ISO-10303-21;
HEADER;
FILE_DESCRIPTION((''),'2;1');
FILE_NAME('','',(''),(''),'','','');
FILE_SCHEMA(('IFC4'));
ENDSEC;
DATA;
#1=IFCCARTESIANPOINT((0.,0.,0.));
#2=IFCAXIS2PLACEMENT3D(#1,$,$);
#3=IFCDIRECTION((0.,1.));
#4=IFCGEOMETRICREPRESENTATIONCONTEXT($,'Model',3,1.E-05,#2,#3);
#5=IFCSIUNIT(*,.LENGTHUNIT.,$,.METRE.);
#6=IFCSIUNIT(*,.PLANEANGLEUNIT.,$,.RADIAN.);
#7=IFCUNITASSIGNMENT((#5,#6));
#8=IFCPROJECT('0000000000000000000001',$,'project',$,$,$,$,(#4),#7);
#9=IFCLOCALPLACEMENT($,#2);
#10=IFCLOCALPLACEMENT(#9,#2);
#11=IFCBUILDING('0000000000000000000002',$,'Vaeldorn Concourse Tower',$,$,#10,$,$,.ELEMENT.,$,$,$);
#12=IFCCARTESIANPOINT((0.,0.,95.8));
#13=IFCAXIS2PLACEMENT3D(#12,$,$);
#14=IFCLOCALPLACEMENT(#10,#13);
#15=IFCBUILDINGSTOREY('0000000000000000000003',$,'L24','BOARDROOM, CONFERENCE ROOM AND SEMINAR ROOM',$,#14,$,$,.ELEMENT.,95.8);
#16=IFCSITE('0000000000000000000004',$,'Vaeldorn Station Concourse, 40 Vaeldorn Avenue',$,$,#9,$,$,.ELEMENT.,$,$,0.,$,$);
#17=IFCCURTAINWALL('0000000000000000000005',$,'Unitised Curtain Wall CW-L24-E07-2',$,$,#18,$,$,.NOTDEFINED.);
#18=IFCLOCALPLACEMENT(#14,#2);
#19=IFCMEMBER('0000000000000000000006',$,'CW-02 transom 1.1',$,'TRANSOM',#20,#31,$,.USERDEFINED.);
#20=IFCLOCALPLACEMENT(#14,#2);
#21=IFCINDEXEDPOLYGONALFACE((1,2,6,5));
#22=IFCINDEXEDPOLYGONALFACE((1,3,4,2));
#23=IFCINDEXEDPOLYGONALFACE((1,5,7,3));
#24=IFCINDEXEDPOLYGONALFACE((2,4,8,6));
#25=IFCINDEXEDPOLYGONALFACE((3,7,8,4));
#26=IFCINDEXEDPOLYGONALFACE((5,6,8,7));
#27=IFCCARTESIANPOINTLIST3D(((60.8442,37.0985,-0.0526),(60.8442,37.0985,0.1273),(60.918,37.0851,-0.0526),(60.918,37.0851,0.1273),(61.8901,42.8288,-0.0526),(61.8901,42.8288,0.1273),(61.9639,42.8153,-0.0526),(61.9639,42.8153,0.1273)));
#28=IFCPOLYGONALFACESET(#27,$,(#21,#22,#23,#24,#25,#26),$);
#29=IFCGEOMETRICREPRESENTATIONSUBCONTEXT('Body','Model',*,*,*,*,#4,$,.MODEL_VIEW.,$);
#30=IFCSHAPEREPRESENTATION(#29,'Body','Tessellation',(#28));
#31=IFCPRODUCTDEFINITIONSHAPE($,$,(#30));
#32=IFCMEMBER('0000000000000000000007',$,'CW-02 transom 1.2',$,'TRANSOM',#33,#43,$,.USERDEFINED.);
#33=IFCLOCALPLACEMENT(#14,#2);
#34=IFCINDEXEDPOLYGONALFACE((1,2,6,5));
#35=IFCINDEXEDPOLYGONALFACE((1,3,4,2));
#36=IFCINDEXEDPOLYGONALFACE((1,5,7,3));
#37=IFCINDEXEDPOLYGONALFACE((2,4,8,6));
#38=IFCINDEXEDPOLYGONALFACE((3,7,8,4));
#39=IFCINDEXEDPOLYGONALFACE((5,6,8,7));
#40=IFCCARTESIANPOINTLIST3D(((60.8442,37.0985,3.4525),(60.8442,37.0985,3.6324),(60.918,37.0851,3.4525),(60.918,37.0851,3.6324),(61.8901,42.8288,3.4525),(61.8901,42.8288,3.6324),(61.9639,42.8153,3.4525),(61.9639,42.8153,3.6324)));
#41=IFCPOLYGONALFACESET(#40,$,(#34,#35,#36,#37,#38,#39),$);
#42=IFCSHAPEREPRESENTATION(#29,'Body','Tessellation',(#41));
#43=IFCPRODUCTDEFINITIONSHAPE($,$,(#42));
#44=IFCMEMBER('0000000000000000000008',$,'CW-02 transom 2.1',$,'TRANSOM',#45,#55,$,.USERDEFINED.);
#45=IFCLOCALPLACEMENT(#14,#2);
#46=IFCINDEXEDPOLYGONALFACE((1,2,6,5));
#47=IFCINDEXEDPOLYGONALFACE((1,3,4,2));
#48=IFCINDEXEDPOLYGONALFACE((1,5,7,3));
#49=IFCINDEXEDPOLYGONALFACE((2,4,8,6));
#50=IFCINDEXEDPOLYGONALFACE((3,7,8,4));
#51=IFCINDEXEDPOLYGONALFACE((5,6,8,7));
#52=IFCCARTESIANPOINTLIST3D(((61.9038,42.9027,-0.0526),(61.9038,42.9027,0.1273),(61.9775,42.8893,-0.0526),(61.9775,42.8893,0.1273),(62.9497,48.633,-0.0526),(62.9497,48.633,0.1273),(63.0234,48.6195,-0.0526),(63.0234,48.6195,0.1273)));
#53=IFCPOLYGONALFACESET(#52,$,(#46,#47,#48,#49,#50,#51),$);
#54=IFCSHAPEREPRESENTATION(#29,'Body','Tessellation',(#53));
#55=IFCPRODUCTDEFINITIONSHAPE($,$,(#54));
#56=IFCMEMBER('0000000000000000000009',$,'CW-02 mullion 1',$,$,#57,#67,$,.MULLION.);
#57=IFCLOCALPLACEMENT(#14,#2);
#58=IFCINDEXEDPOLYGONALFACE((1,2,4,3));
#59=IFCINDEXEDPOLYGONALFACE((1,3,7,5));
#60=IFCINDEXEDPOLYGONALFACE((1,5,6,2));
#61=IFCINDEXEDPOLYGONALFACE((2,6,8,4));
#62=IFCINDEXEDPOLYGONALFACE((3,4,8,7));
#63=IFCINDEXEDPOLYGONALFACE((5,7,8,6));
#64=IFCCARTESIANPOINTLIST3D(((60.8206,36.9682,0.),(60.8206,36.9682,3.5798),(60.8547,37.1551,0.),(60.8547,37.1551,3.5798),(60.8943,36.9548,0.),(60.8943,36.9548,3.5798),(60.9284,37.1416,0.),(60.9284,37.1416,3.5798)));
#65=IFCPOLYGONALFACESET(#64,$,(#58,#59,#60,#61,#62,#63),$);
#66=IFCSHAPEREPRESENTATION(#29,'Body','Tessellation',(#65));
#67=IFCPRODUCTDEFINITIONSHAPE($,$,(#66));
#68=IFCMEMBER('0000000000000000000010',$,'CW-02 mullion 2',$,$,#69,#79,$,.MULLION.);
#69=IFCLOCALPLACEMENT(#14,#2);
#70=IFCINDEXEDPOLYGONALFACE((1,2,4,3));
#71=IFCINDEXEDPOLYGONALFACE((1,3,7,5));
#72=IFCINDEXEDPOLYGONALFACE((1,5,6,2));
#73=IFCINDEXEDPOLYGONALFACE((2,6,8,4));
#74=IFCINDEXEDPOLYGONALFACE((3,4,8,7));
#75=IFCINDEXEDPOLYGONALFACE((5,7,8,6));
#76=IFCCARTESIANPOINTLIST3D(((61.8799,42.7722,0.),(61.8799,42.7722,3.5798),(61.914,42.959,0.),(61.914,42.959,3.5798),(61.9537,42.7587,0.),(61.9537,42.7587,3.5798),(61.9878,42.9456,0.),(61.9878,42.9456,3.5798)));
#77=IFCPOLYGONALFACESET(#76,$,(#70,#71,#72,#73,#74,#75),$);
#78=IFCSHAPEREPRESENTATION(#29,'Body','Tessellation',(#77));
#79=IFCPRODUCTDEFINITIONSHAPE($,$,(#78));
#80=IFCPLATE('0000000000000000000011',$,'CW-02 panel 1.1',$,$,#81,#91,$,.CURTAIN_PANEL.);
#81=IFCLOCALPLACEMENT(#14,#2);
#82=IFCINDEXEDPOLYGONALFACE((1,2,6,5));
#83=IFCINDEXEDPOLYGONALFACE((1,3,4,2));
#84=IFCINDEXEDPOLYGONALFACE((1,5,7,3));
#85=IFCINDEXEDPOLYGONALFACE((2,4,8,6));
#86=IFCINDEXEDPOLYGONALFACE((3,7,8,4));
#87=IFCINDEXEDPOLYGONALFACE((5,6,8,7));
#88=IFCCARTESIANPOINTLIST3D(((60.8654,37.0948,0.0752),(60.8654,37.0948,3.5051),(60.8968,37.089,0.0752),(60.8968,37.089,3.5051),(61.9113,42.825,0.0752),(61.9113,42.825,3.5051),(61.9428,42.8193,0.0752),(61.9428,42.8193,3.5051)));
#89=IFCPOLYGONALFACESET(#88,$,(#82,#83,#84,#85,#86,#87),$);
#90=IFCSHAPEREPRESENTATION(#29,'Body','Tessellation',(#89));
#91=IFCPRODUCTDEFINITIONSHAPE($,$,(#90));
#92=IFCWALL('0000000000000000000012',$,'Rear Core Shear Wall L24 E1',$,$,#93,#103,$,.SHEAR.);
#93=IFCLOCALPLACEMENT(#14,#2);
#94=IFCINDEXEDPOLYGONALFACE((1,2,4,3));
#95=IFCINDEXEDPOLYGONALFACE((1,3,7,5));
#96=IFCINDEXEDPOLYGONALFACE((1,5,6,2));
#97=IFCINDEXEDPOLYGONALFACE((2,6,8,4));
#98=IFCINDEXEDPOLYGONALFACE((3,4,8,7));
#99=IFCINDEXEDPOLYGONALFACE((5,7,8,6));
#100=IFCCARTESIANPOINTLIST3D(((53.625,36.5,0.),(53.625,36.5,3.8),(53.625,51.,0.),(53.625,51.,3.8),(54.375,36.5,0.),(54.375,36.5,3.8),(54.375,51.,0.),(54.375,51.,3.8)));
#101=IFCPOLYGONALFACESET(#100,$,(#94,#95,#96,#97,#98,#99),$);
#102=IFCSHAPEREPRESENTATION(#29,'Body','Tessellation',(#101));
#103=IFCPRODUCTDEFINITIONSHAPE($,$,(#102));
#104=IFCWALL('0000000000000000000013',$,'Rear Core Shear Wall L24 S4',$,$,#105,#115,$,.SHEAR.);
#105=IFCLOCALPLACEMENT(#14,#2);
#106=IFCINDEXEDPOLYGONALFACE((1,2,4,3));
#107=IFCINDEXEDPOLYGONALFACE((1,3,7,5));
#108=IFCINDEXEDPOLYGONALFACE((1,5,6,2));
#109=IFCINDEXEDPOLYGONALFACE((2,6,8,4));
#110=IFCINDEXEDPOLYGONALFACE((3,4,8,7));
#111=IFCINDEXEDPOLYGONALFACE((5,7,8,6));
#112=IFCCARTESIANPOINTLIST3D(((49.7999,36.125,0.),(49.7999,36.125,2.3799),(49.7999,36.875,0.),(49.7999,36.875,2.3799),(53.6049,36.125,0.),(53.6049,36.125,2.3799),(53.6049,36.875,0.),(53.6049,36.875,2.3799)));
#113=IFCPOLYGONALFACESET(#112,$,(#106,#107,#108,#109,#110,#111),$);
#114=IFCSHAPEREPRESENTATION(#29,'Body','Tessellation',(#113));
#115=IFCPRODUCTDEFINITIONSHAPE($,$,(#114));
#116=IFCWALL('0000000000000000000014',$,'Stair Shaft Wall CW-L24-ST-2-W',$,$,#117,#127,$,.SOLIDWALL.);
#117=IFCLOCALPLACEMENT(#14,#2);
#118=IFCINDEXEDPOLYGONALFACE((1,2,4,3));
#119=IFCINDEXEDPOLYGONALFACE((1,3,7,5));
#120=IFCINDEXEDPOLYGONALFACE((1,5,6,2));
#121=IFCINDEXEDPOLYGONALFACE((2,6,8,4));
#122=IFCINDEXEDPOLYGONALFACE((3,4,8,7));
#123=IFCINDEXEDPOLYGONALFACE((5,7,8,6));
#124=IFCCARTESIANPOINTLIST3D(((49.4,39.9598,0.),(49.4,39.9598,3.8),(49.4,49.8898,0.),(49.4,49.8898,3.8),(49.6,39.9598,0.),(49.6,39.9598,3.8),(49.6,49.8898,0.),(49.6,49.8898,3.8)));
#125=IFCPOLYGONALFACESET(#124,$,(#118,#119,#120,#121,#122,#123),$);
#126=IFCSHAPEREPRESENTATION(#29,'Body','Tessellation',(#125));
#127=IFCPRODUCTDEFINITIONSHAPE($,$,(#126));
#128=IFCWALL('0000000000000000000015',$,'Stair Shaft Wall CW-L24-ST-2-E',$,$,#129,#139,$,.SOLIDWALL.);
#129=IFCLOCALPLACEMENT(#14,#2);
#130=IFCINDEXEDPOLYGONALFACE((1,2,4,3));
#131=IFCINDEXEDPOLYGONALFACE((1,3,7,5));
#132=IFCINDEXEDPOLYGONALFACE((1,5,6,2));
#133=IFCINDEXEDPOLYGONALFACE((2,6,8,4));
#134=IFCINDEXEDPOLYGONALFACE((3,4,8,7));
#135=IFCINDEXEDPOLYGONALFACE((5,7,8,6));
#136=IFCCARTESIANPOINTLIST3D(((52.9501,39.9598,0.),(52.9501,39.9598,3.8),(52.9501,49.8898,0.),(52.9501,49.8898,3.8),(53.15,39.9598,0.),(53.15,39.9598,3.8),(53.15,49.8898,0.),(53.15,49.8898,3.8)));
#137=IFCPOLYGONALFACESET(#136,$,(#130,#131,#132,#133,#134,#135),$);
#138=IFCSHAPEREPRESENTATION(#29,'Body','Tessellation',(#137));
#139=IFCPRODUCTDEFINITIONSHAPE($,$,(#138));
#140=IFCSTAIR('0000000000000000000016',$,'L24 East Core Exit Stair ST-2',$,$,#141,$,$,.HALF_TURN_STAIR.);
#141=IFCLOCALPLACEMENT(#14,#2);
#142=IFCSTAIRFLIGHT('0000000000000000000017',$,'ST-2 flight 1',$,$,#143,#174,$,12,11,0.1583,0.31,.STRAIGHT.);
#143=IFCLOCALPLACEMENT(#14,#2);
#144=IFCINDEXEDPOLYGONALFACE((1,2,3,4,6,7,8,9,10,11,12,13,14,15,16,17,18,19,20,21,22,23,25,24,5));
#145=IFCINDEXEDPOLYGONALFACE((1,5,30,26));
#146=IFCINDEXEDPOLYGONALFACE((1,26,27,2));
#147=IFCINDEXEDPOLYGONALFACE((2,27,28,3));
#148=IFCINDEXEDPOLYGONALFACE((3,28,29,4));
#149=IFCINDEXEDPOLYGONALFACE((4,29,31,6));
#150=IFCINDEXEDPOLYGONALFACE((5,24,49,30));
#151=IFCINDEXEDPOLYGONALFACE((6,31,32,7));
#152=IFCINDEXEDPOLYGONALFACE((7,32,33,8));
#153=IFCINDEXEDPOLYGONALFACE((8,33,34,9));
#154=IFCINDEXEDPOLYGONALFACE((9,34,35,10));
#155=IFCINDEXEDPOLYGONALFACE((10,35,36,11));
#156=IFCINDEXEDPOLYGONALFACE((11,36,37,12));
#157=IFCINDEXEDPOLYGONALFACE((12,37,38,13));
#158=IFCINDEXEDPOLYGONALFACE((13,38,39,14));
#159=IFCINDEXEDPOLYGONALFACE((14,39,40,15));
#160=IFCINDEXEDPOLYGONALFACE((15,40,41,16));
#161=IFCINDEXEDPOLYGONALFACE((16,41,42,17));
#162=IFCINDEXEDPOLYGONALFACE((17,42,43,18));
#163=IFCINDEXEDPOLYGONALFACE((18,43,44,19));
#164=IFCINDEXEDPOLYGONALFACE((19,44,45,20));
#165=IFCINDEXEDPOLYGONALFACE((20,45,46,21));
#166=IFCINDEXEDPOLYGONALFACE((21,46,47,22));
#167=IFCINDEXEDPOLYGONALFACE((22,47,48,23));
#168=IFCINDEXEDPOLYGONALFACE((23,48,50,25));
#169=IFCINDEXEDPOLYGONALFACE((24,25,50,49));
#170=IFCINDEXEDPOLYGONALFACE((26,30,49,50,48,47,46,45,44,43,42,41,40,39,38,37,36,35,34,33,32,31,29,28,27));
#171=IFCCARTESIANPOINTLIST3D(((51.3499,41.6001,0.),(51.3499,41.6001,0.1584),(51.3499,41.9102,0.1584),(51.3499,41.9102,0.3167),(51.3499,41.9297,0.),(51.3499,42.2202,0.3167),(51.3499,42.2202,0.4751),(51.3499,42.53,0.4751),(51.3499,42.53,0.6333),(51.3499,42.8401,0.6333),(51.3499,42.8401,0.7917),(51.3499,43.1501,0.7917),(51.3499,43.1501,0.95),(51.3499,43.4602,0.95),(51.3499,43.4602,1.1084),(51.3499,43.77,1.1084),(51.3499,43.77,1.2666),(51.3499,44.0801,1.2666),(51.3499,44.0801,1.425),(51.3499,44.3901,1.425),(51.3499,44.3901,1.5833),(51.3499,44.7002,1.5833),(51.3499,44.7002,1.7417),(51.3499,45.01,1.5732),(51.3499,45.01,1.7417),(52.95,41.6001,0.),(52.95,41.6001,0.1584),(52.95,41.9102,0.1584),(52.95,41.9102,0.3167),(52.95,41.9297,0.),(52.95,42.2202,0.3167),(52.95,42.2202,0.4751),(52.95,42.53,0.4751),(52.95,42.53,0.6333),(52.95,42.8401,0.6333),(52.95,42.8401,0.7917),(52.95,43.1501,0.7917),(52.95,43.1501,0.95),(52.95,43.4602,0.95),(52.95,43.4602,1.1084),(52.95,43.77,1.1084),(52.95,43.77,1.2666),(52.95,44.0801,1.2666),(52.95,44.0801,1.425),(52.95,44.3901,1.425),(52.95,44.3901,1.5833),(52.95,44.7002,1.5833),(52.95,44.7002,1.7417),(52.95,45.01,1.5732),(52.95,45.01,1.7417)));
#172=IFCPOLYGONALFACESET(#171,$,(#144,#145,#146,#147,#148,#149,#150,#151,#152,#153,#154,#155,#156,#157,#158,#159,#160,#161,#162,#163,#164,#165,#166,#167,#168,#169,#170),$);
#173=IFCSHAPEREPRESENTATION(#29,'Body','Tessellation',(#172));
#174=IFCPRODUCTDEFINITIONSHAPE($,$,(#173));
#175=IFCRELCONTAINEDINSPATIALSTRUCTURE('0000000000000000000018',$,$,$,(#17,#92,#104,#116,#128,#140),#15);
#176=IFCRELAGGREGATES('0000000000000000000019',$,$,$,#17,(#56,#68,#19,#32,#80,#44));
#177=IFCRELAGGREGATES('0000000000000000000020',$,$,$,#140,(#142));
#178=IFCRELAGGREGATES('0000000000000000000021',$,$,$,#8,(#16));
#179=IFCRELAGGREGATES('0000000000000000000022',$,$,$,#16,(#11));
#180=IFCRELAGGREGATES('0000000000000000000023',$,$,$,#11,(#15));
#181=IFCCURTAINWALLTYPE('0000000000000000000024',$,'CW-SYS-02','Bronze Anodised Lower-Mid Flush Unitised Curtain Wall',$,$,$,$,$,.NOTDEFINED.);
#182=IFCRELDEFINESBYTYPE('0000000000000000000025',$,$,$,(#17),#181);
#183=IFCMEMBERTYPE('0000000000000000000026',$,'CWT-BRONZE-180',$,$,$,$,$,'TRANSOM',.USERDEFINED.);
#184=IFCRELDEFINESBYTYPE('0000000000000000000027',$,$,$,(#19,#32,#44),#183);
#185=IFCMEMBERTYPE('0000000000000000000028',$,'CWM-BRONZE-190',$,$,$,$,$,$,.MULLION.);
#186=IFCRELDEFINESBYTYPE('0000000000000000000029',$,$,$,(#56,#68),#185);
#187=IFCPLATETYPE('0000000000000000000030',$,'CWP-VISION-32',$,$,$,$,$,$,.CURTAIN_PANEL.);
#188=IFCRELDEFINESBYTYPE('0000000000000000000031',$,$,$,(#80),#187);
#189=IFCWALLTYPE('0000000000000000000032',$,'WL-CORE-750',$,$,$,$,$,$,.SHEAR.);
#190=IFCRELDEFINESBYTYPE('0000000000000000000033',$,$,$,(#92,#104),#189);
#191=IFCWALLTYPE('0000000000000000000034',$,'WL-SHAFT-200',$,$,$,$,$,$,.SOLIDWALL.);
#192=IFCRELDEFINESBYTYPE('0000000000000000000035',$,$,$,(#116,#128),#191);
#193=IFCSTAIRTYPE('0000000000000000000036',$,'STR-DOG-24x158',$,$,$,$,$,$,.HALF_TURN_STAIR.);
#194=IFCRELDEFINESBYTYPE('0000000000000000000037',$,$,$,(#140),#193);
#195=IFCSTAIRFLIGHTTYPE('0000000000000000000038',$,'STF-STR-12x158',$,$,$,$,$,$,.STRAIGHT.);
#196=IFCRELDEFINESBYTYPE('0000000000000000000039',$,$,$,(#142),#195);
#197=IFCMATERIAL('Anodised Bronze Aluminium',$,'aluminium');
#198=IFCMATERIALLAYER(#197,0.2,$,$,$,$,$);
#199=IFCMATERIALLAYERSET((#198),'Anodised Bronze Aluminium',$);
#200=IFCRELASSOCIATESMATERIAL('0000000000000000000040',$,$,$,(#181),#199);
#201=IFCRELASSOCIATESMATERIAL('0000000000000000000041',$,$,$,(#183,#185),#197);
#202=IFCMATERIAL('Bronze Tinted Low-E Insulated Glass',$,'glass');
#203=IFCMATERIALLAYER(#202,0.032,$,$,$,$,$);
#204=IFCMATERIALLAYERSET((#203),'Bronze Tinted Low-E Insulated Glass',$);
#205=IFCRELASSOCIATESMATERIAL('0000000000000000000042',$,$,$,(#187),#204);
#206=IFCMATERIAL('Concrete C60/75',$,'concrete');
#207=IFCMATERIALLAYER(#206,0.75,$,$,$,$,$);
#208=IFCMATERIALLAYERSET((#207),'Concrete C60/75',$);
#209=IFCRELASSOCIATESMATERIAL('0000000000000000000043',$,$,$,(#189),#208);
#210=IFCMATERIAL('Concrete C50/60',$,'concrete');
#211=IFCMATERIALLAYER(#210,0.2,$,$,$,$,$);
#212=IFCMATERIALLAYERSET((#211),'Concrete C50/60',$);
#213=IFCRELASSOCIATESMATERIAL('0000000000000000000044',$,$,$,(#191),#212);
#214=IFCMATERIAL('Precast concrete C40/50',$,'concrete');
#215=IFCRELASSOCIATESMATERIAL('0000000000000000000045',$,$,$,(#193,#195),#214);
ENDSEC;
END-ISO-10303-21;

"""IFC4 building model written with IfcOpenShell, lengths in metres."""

from ifc_helpers import new_model, si_unit, direction, frame, frame_2d, origin, origin_2d, place, context, subcontext, project, spatial, polyline, rectangle, outline, extrude, source, transform, mapped, material, layer, layer_set, material_profile, profile_set, type_object, element, aggregate, save


model = new_model("IFC4")

# Units and contexts
model_context = context("Model", 3, precision=1e-05, world=origin(), true_north=direction((0.0, 1.0)))
body_context = subcontext(model_context, "Body", "Model", "MODEL_VIEW")
ifc_project = project(units=[si_unit("LENGTHUNIT", "METRE"), si_unit("PLANEANGLEUNIT", "RADIAN")], contexts=[model_context])

# Site, building, storey
site_placement = place(None, origin())
site = spatial("IfcSite", under=ifc_project, at=site_placement, Name="Vaeldorn Station Concourse, 40 Vaeldorn Avenue", CompositionType="ELEMENT", RefElevation=0.0)
building_placement = place(site_placement, origin())
building = spatial("IfcBuilding", under=site, at=building_placement, Name="Vaeldorn Concourse Tower", CompositionType="ELEMENT")
storey_placement = place(building_placement, frame((0.0, 0.0, 95.8)))
storey = spatial("IfcBuildingStorey", under=building, at=storey_placement, Name="L24", Description="BOARDROOM, CONFERENCE ROOM AND SEMINAR ROOM", CompositionType="ELEMENT", Elevation=95.8)

# Shared definitions
ifc_material_1 = material(Name="Concrete C60/75", Category="concrete")

# Curtain wall, members, plate
ifc_material_2 = material(Name="Anodised Bronze Aluminium", Category="aluminium")
ifc_layer_1 = layer(ifc_material_2, 0.2)
ifc_layer_set_1 = layer_set([ifc_layer_1], Name="Anodised Bronze Aluminium")
curtain_wall_type = type_object("IfcCurtainWallType", Name="CW-SYS-02", Description="Bronze Anodised Lower-Mid Flush Unitised Curtain Wall", PredefinedType="NOTDEFINED", material=ifc_layer_set_1)
curtain_wall_placement = place(storey_placement, origin())
curtain_wall = element("IfcCurtainWall", 1, at=curtain_wall_placement, inside=storey, type_object=curtain_wall_type, Name="Unitised Curtain Wall CW-L24-E07-2", PredefinedType="NOTDEFINED")
ifc_material_profile_1 = material_profile(ifc_material_2, rectangle(XDim=0.075, YDim=0.1799, at=origin_2d()), Name="CWT 75x180")
ifc_profile_set_1 = profile_set([ifc_material_profile_1], Name="Anodised Bronze Aluminium")
member_type_1 = type_object("IfcMemberType", Name="CWT-BRONZE-180", ElementType="TRANSOM", PredefinedType="USERDEFINED", material=ifc_profile_set_1)
shared_shape_1 = source(origin(), body_context, "Body", "SweptSolid", [
    extrude(rectangle(XDim=0.075, YDim=0.1799, at=origin_2d()), origin(), (0.0, 0.0, 1.0), 5.825),
])
member_1_placement = place(storey_placement, frame((60.8811, 37.0918, 0.0374), z_axis=(0.179557, 0.983748, 0.0), x_axis=(-0.983748, 0.179557, 0.0)))
member_1 = element("IfcMember", 2, at=member_1_placement, type_object=member_type_1, Name="CW-02 transom 1.1", ObjectType="TRANSOM", PredefinedType="USERDEFINED", context=body_context, shape_type="MappedRepresentation", body=[
    mapped(shared_shape_1, transform((0.0, 0.0, 0.0), scale=1.0)),
])
member_2_placement = place(storey_placement, frame((60.8811, 37.0918, 3.5425), z_axis=(0.179557, 0.983748, 0.0), x_axis=(-0.983748, 0.179557, 0.0)))
member_2 = element("IfcMember", 3, at=member_2_placement, type_object=member_type_1, Name="CW-02 transom 1.2", ObjectType="TRANSOM", PredefinedType="USERDEFINED", context=body_context, shape_type="MappedRepresentation", body=[
    mapped(shared_shape_1, transform((0.0, 0.0, 0.0), scale=1.0)),
])
member_3_placement = place(storey_placement, frame((61.9407, 42.896, 0.0374), z_axis=(0.179557, 0.983748, 0.0), x_axis=(-0.983748, 0.179557, 0.0)))
member_3 = element("IfcMember", 4, at=member_3_placement, type_object=member_type_1, Name="CW-02 transom 2.1", ObjectType="TRANSOM", PredefinedType="USERDEFINED", context=body_context, shape_type="MappedRepresentation", body=[
    mapped(shared_shape_1, transform((0.0, 0.0, 0.0), scale=1.0)),
])
ifc_material_profile_2 = material_profile(ifc_material_2, rectangle(XDim=0.075, YDim=0.1899, at=origin_2d()), Name="CWM 75x190")
ifc_profile_set_2 = profile_set([ifc_material_profile_2], Name="Anodised Bronze Aluminium")
member_type_2 = type_object("IfcMemberType", Name="CWM-BRONZE-190", PredefinedType="MULLION", material=ifc_profile_set_2)
shared_shape_2 = source(origin(), body_context, "Body", "SweptSolid", [
    extrude(rectangle(XDim=0.075, YDim=0.1899, at=origin_2d()), origin(), (0.0, 0.0, 1.0), 3.5798),
])
member_4_placement = place(storey_placement, frame((60.8745, 37.0549, 0.0), z_axis=(0.0, 0.0, 1.0), x_axis=(-0.983747, 0.179562, 0.0)))
member_4 = element("IfcMember", 5, at=member_4_placement, type_object=member_type_2, Name="CW-02 mullion 1", PredefinedType="MULLION", context=body_context, shape_type="MappedRepresentation", body=[
    mapped(shared_shape_2, transform((0.0, 0.0, 0.0), scale=1.0)),
])
member_5_placement = place(storey_placement, frame((61.9338, 42.8589, 0.0), z_axis=(0.0, 0.0, 1.0), x_axis=(-0.983747, 0.179562, 0.0)))
member_5 = element("IfcMember", 6, at=member_5_placement, type_object=member_type_2, Name="CW-02 mullion 2", PredefinedType="MULLION", context=body_context, shape_type="MappedRepresentation", body=[
    mapped(shared_shape_2, transform((0.0, 0.0, 0.0), scale=1.0)),
])
ifc_material_3 = material(Name="Bronze Tinted Low-E Insulated Glass", Category="glass")
ifc_layer_2 = layer(ifc_material_3, 0.032)
ifc_layer_set_2 = layer_set([ifc_layer_2], Name="Bronze Tinted Low-E Insulated Glass")
plate_type = type_object("IfcPlateType", Name="CWP-VISION-32", PredefinedType="CURTAIN_PANEL", material=ifc_layer_set_2)
shared_shape_3 = source(origin(), body_context, "Body", "SweptSolid", [
    extrude(rectangle(XDim=5.825, YDim=0.032, at=origin_2d()), origin(), (0.0, 0.0, 1.0), 3.4299),
])
plate_placement = place(storey_placement, frame((61.4041, 39.957, 0.0752), z_axis=(0.0, 0.0, 1.0), x_axis=(0.179562, 0.983747, 0.0)))
plate = element("IfcPlate", 7, at=plate_placement, type_object=plate_type, Name="CW-02 panel 1.1", PredefinedType="CURTAIN_PANEL", context=body_context, shape_type="MappedRepresentation", body=[
    mapped(shared_shape_3, transform((0.0, 0.0, 0.0), scale=1.0)),
])
aggregate(curtain_wall, [member_4, member_5, member_1, member_2, plate, member_3])

# Walls
ifc_layer_3 = layer(ifc_material_1, 0.75)
ifc_layer_set_3 = layer_set([ifc_layer_3], Name="Concrete C60/75")
wall_type_1 = type_object("IfcWallType", Name="WL-CORE-750", PredefinedType="SHEAR", material=ifc_layer_set_3)
wall_1_placement = place(storey_placement, frame((54.0, 36.5, 0.0), z_axis=(0.0, 0.0, 1.0), x_axis=(0.0, 1.0, 0.0)))
element("IfcWall", 8, at=wall_1_placement, inside=storey, type_object=wall_type_1, Name="Rear Core Shear Wall L24 E1", PredefinedType="SHEAR", context=body_context, shape_type="SweptSolid", body=[
    extrude(rectangle(XDim=14.5, YDim=0.75, at=frame_2d((7.25, 0.0))), origin(), (0.0, 0.0, 1.0), 3.8),
])
wall_2_placement = place(storey_placement, frame((49.8, 36.5, 0.0), z_axis=(0.0, 0.0, 1.0), x_axis=(1.0, 0.0, 0.0)))
element("IfcWall", 9, at=wall_2_placement, inside=storey, type_object=wall_type_1, Name="Rear Core Shear Wall L24 S4", PredefinedType="SHEAR", context=body_context, shape_type="SweptSolid", body=[
    extrude(rectangle(XDim=3.8049, YDim=0.75, at=frame_2d((1.9023, 0.0))), origin(), (0.0, 0.0, 1.0), 2.3799),
])

# Shared definitions
ifc_material_4 = material(Name="Concrete C50/60", Category="concrete")
ifc_layer_4 = layer(ifc_material_4, 0.2)
ifc_layer_set_4 = layer_set([ifc_layer_4], Name="Concrete C50/60")
wall_type_2 = type_object("IfcWallType", Name="WL-SHAFT-200", PredefinedType="SOLIDWALL", material=ifc_layer_set_4)

# Walls
for number, where, z_axis, x_axis, name in (
    (10, (49.5, 39.96, 0.0), (0.0, 0.0, 1.0), (0.0, 1.0, 0.0), "Stair Shaft Wall CW-L24-ST-2-W"),
    (11, (53.05, 39.96, 0.0), (0.0, 0.0, 1.0), (0.0, 1.0, 0.0), "Stair Shaft Wall CW-L24-ST-2-E"),
):
    element("IfcWall", number, at=place(storey_placement, frame(where, z_axis=z_axis, x_axis=x_axis)), inside=storey, type_object=wall_type_2, Name=name, PredefinedType="SOLIDWALL", context=body_context, shape_type="SweptSolid", body=[
        extrude(rectangle(XDim=9.9299, YDim=0.2, at=frame_2d((4.9648, 0.0))), origin(), (0.0, 0.0, 1.0), 3.8),
    ])

# Stair, stair flight
ifc_material_5 = material(Name="Precast concrete C40/50", Category="concrete")
stair_type = type_object("IfcStairType", Name="STR-DOG-24x158", PredefinedType="HALF_TURN_STAIR", material=ifc_material_5)
stair_placement = place(storey_placement, origin())
stair = element("IfcStair", 12, at=stair_placement, inside=storey, type_object=stair_type, Name="L24 East Core Exit Stair ST-2", PredefinedType="HALF_TURN_STAIR")
stair_flight_type = type_object("IfcStairFlightType", Name="STF-STR-12x158", PredefinedType="STRAIGHT", material=ifc_material_5)
stair_flight_placement = place(storey_placement, frame((52.1499, 41.6001, 0.0), z_axis=(0.0, 0.0, 1.0), x_axis=(0.0, 1.0, 0.0)))
stair_flight = element("IfcStairFlight", 13, at=stair_flight_placement, type_object=stair_flight_type, Name="ST-2 flight 1", NumberOfRisers=12, NumberOfTreads=11, PredefinedType="STRAIGHT", RiserHeight=0.1583, TreadLength=0.31, context=body_context, shape_type="SweptSolid", body=[
    extrude(outline(polyline([(0.0, 0.0), (0.0, 0.1584), (0.3101, 0.1584), (0.3101, 0.3167), (0.6201, 0.3167), (0.6201, 0.4751), (0.9299, 0.4751), (0.9299, 0.6333), (1.24, 0.6333), (1.24, 0.7917), (1.55, 0.7917), (1.55, 0.95), (1.8601, 0.95), (1.8601, 1.1084), (2.1699, 1.1084), (2.1699, 1.2666), (2.48, 1.2666), (2.48, 1.425), (2.79, 1.425), (2.79, 1.5833), (3.1001, 1.5833), (3.1001, 1.7417), (3.4099, 1.7417), (3.4099, 1.8999), (3.4099, 1.5732), (0.3296, 0.0), (0.0, 0.0)])), frame((0.0, 0.8, 0.0), z_axis=(0.0, -1.0, 0.0), x_axis=(1.0, 0.0, 0.0)), (0.0, 0.0, 1.0), 1.6001),
])
aggregate(stair, [stair_flight])

save(model, "model.ifc")
